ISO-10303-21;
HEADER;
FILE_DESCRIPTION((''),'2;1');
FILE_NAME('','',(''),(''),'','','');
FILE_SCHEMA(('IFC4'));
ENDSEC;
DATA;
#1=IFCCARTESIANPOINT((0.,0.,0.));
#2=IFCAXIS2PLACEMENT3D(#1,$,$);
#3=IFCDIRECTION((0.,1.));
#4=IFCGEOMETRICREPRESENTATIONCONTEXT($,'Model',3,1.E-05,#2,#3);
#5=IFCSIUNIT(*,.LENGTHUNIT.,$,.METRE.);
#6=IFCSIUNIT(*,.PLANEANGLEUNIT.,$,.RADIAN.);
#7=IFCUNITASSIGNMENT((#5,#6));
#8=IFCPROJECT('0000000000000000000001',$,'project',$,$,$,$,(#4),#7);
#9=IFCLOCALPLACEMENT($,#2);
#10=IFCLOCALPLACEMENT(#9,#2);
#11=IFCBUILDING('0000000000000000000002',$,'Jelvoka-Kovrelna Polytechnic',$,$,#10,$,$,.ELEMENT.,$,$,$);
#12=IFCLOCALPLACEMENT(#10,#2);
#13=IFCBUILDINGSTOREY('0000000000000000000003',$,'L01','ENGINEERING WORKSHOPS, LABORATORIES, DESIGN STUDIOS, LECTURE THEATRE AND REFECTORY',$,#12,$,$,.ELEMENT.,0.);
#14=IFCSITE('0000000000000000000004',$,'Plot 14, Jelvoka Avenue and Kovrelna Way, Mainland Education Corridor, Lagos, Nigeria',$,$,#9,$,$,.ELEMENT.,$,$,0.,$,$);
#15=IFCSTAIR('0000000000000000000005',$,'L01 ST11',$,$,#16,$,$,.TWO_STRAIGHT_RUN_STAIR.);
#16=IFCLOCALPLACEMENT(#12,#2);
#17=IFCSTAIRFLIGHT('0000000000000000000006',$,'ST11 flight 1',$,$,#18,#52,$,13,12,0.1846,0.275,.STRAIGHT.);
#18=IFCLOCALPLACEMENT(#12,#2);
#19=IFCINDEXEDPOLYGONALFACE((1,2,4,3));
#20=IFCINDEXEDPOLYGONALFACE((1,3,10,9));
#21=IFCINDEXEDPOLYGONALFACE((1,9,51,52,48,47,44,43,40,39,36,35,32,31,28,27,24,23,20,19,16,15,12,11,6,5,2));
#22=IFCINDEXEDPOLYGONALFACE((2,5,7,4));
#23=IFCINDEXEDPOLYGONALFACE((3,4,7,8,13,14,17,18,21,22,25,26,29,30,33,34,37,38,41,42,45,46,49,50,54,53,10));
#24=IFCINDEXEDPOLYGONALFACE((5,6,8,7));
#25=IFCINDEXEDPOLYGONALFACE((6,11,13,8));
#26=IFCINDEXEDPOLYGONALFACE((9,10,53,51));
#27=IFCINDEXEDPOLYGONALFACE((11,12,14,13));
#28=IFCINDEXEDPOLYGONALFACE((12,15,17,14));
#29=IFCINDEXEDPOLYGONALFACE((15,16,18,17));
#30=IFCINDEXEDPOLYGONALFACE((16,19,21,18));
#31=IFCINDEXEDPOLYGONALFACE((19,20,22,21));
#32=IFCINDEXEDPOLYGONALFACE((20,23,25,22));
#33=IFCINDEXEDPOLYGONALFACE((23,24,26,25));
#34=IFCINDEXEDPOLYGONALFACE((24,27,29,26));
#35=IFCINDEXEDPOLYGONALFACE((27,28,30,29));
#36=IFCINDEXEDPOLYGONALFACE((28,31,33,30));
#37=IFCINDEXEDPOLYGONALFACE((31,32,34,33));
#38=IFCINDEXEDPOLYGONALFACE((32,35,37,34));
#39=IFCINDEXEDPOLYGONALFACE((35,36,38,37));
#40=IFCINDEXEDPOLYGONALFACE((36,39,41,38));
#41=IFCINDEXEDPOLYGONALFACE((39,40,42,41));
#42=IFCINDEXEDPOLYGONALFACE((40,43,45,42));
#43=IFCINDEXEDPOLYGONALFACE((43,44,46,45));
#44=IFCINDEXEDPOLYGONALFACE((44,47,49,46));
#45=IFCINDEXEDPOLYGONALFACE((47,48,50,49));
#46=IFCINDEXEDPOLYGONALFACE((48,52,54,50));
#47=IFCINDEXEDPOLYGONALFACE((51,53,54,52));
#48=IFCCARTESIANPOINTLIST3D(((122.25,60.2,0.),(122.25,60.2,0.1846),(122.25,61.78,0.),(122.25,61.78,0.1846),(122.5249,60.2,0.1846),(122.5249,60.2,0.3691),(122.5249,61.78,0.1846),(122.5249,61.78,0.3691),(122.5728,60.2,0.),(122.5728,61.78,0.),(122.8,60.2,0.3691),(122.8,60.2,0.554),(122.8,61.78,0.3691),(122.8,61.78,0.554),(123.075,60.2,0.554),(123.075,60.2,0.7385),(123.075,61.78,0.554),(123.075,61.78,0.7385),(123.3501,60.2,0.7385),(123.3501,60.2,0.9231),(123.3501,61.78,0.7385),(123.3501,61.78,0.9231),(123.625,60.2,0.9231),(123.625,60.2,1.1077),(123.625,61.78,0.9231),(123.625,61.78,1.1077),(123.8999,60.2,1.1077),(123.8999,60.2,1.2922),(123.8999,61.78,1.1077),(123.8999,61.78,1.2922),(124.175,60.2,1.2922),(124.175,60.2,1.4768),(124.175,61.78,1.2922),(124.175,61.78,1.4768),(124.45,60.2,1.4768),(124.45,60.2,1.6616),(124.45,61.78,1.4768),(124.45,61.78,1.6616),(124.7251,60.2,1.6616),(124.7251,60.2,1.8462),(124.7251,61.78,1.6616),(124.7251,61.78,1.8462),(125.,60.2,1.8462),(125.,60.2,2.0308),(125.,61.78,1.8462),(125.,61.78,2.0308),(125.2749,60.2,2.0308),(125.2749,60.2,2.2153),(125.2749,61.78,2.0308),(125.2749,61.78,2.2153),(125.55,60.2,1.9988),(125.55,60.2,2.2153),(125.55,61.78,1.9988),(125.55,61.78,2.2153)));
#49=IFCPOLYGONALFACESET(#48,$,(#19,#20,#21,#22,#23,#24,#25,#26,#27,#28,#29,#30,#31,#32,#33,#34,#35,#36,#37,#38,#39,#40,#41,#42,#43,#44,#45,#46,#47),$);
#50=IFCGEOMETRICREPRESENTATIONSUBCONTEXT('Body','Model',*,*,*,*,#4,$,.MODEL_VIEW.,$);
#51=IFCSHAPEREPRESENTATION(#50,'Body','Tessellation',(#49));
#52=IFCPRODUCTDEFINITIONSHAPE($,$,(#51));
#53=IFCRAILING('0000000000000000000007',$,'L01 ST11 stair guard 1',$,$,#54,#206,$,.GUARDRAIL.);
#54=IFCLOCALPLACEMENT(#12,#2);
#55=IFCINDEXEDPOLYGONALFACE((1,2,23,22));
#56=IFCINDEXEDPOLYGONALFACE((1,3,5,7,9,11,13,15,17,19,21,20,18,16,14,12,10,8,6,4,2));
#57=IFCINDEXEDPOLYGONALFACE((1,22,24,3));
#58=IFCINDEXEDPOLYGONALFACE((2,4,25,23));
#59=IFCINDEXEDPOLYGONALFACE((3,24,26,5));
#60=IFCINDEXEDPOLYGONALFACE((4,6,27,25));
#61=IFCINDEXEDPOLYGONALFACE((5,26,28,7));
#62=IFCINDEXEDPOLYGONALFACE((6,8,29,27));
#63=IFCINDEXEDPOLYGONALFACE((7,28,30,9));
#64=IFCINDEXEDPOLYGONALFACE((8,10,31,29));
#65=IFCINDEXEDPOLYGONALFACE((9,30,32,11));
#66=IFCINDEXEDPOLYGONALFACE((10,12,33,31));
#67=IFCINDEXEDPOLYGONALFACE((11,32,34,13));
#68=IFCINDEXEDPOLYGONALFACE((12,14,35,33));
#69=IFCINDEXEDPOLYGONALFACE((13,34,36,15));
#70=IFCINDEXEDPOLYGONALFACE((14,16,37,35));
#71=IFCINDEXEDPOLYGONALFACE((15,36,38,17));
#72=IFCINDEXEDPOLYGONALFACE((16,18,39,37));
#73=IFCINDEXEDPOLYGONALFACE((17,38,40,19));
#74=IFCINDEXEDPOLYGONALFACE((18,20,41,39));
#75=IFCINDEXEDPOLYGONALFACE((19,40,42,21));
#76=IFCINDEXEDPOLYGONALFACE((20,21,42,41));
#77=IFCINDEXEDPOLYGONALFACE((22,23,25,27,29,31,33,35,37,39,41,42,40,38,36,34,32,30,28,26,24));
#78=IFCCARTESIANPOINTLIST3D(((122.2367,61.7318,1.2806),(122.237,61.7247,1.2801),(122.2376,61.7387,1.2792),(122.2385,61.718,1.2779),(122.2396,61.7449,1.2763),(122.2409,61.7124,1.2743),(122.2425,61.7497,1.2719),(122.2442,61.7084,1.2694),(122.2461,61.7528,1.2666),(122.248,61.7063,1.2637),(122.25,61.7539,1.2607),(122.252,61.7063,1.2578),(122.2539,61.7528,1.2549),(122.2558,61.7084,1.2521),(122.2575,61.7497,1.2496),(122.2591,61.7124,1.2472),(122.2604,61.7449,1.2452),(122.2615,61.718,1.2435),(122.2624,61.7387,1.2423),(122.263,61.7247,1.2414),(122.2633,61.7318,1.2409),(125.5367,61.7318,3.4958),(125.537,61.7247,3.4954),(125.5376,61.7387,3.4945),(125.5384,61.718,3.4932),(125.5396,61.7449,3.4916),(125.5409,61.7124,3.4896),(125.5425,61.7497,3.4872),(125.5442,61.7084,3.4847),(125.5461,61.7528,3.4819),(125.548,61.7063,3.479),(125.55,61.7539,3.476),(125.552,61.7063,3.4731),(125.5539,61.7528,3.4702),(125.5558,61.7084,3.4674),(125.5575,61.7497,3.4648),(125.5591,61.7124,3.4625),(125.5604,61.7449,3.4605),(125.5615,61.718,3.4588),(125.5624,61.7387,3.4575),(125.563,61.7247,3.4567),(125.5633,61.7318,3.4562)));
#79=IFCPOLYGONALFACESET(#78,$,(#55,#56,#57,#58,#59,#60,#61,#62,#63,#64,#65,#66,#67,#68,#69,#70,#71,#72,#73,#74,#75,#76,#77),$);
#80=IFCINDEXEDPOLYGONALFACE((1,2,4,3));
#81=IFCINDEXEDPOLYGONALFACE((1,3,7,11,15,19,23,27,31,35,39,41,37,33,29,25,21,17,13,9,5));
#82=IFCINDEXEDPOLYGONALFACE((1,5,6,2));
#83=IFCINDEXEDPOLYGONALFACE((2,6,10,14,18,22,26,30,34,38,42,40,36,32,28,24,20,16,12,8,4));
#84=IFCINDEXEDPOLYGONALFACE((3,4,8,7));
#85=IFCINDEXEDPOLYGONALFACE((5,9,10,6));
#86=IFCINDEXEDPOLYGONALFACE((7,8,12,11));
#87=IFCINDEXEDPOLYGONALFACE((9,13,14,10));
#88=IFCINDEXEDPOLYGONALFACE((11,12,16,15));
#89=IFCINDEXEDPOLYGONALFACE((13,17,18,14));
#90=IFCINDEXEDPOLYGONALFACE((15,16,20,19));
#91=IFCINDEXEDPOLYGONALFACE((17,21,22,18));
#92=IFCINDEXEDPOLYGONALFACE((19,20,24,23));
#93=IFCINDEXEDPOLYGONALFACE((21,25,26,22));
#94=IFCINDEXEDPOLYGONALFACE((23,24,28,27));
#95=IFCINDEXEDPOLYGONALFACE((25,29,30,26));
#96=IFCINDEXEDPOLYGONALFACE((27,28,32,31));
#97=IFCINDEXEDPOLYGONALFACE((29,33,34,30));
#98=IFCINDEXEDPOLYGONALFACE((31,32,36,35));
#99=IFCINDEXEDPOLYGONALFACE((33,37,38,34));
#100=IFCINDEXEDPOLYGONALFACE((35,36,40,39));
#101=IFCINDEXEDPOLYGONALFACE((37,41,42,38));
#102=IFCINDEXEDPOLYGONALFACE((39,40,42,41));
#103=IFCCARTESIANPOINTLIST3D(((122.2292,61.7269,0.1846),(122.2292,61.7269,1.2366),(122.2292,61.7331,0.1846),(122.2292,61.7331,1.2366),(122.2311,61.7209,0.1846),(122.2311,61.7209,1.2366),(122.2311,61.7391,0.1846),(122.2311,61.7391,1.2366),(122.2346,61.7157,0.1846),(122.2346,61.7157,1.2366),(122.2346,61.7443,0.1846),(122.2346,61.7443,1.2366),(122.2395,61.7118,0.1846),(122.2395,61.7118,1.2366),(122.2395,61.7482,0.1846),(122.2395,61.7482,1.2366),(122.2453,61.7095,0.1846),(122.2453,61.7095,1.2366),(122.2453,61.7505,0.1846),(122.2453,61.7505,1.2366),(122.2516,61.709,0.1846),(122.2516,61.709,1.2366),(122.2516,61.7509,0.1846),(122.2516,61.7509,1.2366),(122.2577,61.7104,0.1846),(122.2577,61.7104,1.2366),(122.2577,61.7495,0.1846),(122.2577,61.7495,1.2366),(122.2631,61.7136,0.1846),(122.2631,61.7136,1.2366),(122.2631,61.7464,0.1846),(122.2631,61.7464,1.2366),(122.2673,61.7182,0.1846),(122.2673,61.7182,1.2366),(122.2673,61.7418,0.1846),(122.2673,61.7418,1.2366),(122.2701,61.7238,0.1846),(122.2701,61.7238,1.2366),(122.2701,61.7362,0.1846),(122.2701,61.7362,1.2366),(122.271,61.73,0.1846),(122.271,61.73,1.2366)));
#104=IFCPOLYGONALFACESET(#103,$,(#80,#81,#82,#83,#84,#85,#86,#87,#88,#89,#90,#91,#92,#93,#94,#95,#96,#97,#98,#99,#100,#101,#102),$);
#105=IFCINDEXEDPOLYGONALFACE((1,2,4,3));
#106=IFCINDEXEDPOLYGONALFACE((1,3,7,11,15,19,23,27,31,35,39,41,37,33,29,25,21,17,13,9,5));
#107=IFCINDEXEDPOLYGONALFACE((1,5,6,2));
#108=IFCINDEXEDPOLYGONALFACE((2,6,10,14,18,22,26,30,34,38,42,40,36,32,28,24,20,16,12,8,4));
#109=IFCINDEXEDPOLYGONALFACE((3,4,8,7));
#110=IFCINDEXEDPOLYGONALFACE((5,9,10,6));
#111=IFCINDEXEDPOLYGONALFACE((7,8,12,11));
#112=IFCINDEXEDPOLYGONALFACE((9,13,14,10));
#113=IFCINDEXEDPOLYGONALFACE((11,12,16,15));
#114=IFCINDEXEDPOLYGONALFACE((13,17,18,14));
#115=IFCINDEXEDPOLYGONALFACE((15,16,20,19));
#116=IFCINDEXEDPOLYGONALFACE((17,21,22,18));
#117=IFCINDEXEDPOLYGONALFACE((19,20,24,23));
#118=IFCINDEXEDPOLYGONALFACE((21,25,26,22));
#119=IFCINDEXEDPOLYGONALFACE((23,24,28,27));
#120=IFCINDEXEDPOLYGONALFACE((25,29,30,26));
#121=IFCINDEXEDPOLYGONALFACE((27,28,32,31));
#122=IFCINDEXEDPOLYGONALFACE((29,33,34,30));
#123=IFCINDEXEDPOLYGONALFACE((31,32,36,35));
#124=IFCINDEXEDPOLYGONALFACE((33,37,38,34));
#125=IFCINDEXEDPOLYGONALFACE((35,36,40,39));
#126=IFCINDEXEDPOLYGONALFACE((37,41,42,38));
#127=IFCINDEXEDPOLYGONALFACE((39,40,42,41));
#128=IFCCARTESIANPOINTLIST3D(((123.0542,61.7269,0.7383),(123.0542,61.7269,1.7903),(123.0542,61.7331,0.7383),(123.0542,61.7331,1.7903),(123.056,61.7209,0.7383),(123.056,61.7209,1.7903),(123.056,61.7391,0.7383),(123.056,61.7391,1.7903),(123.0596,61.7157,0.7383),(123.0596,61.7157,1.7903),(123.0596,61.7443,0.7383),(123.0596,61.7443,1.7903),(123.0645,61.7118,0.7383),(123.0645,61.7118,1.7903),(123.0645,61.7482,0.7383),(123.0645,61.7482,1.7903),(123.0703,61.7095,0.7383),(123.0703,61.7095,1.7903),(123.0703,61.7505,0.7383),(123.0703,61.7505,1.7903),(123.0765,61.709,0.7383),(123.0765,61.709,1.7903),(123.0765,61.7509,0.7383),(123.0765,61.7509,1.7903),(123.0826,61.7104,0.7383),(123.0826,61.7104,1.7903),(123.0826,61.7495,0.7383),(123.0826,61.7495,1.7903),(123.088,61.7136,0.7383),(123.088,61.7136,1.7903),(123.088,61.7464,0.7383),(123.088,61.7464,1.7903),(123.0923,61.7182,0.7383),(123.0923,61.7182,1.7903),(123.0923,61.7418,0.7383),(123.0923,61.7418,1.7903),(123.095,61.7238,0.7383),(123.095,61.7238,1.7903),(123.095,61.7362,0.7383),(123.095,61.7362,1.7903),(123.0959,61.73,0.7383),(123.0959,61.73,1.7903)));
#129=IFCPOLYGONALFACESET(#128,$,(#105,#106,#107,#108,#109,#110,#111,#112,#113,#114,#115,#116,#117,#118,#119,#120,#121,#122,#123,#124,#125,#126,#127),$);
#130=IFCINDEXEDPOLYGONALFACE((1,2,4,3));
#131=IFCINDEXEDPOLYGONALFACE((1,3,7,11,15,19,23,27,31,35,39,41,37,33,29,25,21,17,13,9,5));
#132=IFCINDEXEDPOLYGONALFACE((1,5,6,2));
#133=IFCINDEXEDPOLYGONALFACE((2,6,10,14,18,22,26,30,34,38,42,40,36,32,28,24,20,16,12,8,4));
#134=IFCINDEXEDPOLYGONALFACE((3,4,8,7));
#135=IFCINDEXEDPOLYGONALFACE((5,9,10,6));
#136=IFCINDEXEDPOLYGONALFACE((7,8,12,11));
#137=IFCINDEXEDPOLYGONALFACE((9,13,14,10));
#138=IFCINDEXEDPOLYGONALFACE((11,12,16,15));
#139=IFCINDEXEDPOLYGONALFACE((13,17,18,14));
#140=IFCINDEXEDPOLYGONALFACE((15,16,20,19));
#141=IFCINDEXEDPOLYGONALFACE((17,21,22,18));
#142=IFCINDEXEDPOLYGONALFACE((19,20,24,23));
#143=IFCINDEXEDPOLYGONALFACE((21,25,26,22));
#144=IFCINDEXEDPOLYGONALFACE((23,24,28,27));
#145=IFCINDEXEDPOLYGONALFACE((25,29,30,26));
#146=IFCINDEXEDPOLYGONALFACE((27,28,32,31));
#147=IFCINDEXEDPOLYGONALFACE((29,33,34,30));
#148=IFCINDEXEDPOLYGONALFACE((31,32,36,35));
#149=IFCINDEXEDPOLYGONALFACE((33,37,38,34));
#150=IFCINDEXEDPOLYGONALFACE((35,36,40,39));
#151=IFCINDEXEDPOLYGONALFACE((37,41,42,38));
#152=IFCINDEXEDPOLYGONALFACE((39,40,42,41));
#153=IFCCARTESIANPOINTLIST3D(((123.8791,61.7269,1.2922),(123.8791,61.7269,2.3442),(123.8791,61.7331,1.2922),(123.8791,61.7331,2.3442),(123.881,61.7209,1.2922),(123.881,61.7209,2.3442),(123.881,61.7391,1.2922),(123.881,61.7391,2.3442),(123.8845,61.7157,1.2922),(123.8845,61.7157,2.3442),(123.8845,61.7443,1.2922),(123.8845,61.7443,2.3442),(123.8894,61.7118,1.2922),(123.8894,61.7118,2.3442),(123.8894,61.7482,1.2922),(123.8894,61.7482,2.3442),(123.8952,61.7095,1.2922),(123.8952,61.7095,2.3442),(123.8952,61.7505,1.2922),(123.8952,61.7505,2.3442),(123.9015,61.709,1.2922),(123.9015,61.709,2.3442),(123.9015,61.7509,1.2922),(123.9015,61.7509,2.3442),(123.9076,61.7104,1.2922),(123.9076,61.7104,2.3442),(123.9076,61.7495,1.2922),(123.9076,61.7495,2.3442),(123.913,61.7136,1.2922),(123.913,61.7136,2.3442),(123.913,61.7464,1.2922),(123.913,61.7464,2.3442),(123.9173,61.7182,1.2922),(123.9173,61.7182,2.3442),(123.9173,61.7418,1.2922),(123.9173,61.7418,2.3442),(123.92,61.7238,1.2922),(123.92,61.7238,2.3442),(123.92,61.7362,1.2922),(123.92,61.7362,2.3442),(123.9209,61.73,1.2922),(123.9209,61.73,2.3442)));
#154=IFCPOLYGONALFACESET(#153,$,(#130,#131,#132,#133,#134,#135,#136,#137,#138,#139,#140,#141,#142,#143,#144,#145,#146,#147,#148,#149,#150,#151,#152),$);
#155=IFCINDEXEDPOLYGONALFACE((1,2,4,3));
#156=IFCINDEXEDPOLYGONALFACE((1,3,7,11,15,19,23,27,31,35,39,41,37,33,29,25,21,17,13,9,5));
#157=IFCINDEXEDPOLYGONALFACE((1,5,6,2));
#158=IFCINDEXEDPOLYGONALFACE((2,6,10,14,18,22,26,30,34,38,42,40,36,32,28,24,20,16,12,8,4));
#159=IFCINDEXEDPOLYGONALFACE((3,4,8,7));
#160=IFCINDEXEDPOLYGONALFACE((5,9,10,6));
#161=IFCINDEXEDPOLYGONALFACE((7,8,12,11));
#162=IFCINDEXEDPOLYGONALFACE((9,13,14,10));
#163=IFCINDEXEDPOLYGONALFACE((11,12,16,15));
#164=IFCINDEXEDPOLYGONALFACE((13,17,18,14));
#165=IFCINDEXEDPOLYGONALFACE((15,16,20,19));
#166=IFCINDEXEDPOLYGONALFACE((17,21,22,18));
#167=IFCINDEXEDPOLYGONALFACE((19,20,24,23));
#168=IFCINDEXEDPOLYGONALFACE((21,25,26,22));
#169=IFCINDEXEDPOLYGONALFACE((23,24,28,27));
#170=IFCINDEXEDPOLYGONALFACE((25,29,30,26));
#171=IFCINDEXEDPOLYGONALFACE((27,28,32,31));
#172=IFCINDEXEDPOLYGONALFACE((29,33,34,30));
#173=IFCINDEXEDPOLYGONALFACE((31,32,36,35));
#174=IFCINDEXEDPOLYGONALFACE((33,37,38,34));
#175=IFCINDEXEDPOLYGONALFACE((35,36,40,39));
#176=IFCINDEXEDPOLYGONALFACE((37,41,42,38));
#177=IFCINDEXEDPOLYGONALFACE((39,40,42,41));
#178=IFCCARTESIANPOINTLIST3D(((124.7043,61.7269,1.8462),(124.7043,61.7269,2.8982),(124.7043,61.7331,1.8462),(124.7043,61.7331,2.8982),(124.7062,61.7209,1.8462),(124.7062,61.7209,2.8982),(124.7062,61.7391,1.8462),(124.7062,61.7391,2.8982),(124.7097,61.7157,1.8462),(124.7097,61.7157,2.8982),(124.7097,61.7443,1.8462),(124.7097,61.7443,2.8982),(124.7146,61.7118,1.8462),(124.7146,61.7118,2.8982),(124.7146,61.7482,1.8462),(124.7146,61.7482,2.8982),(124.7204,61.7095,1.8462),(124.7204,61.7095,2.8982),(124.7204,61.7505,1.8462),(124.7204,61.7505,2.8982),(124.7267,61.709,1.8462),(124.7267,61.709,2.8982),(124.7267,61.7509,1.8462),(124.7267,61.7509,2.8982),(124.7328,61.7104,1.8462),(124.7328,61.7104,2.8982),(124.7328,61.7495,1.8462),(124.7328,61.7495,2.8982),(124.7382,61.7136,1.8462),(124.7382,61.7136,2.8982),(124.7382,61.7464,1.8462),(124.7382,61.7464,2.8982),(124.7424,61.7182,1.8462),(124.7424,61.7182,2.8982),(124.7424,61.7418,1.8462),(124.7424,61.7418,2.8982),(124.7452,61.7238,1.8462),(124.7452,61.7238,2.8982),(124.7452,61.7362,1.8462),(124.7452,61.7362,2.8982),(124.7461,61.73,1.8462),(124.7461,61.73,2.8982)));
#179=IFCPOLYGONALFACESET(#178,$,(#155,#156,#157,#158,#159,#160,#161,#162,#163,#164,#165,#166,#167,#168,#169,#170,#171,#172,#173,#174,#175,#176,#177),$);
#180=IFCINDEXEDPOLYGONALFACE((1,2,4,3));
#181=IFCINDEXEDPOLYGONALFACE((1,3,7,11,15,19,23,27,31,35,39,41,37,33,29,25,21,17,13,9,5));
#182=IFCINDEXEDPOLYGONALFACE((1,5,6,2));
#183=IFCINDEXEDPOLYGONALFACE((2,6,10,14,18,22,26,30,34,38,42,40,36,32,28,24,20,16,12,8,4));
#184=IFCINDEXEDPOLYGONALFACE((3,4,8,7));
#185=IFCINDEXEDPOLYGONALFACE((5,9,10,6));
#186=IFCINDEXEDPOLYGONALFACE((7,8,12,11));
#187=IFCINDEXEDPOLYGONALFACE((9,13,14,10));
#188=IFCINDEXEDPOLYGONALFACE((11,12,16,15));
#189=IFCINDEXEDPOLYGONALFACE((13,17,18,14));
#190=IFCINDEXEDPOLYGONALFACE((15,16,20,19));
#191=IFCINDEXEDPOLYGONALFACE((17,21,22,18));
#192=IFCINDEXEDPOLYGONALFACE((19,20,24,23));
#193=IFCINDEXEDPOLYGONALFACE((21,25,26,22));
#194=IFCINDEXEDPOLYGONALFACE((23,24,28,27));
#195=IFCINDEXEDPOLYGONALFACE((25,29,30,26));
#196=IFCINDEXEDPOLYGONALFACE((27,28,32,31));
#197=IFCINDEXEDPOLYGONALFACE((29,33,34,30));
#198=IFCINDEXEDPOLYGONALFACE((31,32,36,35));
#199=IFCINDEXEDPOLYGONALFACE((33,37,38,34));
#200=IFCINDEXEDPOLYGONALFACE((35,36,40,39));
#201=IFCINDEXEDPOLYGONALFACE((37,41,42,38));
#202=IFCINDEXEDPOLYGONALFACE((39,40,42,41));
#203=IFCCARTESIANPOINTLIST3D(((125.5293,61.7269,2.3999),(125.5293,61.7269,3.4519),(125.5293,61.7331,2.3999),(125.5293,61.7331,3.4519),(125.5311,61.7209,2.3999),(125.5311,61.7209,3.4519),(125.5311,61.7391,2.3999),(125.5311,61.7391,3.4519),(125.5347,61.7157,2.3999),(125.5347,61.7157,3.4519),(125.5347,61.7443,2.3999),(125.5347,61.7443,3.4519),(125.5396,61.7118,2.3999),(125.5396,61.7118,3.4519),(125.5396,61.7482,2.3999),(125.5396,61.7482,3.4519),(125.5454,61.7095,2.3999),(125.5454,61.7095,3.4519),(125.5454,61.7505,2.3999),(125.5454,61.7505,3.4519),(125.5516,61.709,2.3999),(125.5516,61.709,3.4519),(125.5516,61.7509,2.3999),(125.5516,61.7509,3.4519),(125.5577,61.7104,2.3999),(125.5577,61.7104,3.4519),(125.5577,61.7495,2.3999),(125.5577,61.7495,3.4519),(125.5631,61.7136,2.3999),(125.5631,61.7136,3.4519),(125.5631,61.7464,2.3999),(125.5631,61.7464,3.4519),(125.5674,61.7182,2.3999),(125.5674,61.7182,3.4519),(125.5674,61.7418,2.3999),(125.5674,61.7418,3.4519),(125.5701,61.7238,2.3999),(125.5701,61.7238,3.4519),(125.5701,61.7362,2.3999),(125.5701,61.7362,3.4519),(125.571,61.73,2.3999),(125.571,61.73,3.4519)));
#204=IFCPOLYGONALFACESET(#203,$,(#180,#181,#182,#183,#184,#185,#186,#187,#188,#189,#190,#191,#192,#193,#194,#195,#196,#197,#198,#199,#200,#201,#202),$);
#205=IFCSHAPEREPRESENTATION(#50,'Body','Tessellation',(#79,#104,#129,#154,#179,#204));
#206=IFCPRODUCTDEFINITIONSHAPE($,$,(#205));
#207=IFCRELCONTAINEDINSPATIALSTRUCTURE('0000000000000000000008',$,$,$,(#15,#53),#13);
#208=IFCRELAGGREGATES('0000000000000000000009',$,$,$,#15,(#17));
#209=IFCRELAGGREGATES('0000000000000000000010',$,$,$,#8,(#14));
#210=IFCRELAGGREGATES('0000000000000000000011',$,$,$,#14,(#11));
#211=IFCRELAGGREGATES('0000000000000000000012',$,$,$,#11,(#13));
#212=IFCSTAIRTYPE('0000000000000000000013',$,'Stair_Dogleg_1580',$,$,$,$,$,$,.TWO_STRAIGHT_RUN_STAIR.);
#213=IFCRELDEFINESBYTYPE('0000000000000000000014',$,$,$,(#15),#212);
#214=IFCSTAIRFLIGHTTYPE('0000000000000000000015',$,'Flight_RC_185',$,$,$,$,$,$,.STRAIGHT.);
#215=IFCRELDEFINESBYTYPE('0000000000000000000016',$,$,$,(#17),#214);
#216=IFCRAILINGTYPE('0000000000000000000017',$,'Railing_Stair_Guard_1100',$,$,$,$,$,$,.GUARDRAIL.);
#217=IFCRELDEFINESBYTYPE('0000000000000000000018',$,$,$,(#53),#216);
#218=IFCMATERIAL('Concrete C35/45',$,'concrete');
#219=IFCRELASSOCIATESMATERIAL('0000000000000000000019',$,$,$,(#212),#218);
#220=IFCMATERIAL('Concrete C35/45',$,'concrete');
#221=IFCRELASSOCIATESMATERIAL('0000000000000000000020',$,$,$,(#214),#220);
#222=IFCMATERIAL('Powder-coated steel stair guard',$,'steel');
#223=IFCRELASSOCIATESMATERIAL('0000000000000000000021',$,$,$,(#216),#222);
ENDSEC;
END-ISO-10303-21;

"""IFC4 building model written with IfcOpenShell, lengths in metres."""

from ifc_helpers import new_model, si_unit, direction, frame, origin, origin_2d, place, context, subcontext, project, spatial, polyline, circle, outline, extrude, material, type_object, element, aggregate, save


model = new_model("IFC4")

# Units and contexts
model_context = context("Model", 3, precision=1e-05, world=origin(), true_north=direction((0.0, 1.0)))
body_context = subcontext(model_context, "Body", "Model", "MODEL_VIEW")
ifc_project = project(units=[si_unit("LENGTHUNIT", "METRE"), si_unit("PLANEANGLEUNIT", "RADIAN")], contexts=[model_context])

# Site, building, storey
site_placement = place(None, origin())
site = spatial("IfcSite", under=ifc_project, at=site_placement, Name="Plot 14, Jelvoka Avenue and Kovrelna Way, Mainland Education Corridor, Lagos, Nigeria", CompositionType="ELEMENT", RefElevation=0.0)
building_placement = place(site_placement, origin())
building = spatial("IfcBuilding", under=site, at=building_placement, Name="Jelvoka-Kovrelna Polytechnic", CompositionType="ELEMENT")
storey_placement = place(building_placement, origin())
storey = spatial("IfcBuildingStorey", under=building, at=storey_placement, Name="L01", Description="ENGINEERING WORKSHOPS, LABORATORIES, DESIGN STUDIOS, LECTURE THEATRE AND REFECTORY", CompositionType="ELEMENT", Elevation=0.0)

# Stair, stair flight
ifc_material_1 = material(Name="Concrete C35/45", Category="concrete")
stair_type = type_object("IfcStairType", Name="Stair_Dogleg_1580", PredefinedType="TWO_STRAIGHT_RUN_STAIR", material=ifc_material_1)
stair_placement = place(storey_placement, origin())
stair = element("IfcStair", 1, at=stair_placement, inside=storey, type_object=stair_type, Name="L01 ST11", PredefinedType="TWO_STRAIGHT_RUN_STAIR")
ifc_material_2 = material(Name="Concrete C35/45", Category="concrete")
stair_flight_type = type_object("IfcStairFlightType", Name="Flight_RC_185", PredefinedType="STRAIGHT", material=ifc_material_2)
stair_flight_placement = place(storey_placement, frame((122.25, 60.99, 0.0), z_axis=(0.0, 0.0, 1.0), x_axis=(1.0, 0.0, 0.0)))
stair_flight = element("IfcStairFlight", 2, at=stair_flight_placement, type_object=stair_flight_type, Name="ST11 flight 1", NumberOfRisers=13, NumberOfTreads=12, PredefinedType="STRAIGHT", RiserHeight=0.1846, TreadLength=0.275, context=body_context, shape_type="SweptSolid", body=[
    extrude(outline(polyline([(0.0, 0.0), (0.0, 0.1846), (0.2749, 0.1846), (0.2749, 0.3691), (0.55, 0.3691), (0.55, 0.554), (0.825, 0.554), (0.825, 0.7385), (1.1001, 0.7385), (1.1001, 0.9231), (1.375, 0.9231), (1.375, 1.1077), (1.6499, 1.1077), (1.6499, 1.2922), (1.925, 1.2922), (1.925, 1.4768), (2.2, 1.4768), (2.2, 1.6616), (2.4751, 1.6616), (2.4751, 1.8462), (2.75, 1.8462), (2.75, 2.0308), (3.0249, 2.0308), (3.0249, 2.2153), (3.3, 2.2153), (3.3, 2.3999), (3.3, 1.9988), (0.3228, 0.0), (0.0, 0.0)])), frame((0.0, 0.79, 0.0), z_axis=(0.0, -1.0, 0.0), x_axis=(1.0, 0.0, 0.0)), (0.0, 0.0, 1.0), 1.5801),
])
aggregate(stair, [stair_flight])

# Railing
ifc_material_3 = material(Name="Powder-coated steel stair guard", Category="steel")
railing_type_1 = type_object("IfcRailingType", Name="Railing_Stair_Guard_1100", PredefinedType="GUARDRAIL", material=ifc_material_3)
railing_1_placement = place(storey_placement, frame((122.25, 61.73, 0.1846)))
element("IfcRailing", 3, at=railing_1_placement, inside=storey, type_object=railing_type_1, Name="L01 ST11 stair guard 1", PredefinedType="GUARDRAIL", context=body_context, shape_type="SweptSolid", body=[
    extrude(circle(Radius=0.0239, at=origin_2d()), frame((0.0, 0.0, 1.0762), z_axis=(0.830269, 0.0, 0.557362), x_axis=(0.0, 1.0, 0.0)), (0.0, 0.0, 1.0), 3.9746),
    extrude(circle(Radius=0.021, at=origin_2d()), origin(), (0.0, 0.0, 1.0), 1.052),
    extrude(circle(Radius=0.021, at=origin_2d()), frame((0.825, 0.0, 0.5537)), (0.0, 0.0, 1.0), 1.052),
    extrude(circle(Radius=0.021, at=origin_2d()), frame((1.6499, 0.0, 1.1077)), (0.0, 0.0, 1.0), 1.052),
    extrude(circle(Radius=0.021, at=origin_2d()), frame((2.4751, 0.0, 1.6616)), (0.0, 0.0, 1.0), 1.052),
    extrude(circle(Radius=0.021, at=origin_2d()), frame((3.3, 0.0, 2.2153)), (0.0, 0.0, 1.0), 1.052),
])

save(model, "model.ifc")
